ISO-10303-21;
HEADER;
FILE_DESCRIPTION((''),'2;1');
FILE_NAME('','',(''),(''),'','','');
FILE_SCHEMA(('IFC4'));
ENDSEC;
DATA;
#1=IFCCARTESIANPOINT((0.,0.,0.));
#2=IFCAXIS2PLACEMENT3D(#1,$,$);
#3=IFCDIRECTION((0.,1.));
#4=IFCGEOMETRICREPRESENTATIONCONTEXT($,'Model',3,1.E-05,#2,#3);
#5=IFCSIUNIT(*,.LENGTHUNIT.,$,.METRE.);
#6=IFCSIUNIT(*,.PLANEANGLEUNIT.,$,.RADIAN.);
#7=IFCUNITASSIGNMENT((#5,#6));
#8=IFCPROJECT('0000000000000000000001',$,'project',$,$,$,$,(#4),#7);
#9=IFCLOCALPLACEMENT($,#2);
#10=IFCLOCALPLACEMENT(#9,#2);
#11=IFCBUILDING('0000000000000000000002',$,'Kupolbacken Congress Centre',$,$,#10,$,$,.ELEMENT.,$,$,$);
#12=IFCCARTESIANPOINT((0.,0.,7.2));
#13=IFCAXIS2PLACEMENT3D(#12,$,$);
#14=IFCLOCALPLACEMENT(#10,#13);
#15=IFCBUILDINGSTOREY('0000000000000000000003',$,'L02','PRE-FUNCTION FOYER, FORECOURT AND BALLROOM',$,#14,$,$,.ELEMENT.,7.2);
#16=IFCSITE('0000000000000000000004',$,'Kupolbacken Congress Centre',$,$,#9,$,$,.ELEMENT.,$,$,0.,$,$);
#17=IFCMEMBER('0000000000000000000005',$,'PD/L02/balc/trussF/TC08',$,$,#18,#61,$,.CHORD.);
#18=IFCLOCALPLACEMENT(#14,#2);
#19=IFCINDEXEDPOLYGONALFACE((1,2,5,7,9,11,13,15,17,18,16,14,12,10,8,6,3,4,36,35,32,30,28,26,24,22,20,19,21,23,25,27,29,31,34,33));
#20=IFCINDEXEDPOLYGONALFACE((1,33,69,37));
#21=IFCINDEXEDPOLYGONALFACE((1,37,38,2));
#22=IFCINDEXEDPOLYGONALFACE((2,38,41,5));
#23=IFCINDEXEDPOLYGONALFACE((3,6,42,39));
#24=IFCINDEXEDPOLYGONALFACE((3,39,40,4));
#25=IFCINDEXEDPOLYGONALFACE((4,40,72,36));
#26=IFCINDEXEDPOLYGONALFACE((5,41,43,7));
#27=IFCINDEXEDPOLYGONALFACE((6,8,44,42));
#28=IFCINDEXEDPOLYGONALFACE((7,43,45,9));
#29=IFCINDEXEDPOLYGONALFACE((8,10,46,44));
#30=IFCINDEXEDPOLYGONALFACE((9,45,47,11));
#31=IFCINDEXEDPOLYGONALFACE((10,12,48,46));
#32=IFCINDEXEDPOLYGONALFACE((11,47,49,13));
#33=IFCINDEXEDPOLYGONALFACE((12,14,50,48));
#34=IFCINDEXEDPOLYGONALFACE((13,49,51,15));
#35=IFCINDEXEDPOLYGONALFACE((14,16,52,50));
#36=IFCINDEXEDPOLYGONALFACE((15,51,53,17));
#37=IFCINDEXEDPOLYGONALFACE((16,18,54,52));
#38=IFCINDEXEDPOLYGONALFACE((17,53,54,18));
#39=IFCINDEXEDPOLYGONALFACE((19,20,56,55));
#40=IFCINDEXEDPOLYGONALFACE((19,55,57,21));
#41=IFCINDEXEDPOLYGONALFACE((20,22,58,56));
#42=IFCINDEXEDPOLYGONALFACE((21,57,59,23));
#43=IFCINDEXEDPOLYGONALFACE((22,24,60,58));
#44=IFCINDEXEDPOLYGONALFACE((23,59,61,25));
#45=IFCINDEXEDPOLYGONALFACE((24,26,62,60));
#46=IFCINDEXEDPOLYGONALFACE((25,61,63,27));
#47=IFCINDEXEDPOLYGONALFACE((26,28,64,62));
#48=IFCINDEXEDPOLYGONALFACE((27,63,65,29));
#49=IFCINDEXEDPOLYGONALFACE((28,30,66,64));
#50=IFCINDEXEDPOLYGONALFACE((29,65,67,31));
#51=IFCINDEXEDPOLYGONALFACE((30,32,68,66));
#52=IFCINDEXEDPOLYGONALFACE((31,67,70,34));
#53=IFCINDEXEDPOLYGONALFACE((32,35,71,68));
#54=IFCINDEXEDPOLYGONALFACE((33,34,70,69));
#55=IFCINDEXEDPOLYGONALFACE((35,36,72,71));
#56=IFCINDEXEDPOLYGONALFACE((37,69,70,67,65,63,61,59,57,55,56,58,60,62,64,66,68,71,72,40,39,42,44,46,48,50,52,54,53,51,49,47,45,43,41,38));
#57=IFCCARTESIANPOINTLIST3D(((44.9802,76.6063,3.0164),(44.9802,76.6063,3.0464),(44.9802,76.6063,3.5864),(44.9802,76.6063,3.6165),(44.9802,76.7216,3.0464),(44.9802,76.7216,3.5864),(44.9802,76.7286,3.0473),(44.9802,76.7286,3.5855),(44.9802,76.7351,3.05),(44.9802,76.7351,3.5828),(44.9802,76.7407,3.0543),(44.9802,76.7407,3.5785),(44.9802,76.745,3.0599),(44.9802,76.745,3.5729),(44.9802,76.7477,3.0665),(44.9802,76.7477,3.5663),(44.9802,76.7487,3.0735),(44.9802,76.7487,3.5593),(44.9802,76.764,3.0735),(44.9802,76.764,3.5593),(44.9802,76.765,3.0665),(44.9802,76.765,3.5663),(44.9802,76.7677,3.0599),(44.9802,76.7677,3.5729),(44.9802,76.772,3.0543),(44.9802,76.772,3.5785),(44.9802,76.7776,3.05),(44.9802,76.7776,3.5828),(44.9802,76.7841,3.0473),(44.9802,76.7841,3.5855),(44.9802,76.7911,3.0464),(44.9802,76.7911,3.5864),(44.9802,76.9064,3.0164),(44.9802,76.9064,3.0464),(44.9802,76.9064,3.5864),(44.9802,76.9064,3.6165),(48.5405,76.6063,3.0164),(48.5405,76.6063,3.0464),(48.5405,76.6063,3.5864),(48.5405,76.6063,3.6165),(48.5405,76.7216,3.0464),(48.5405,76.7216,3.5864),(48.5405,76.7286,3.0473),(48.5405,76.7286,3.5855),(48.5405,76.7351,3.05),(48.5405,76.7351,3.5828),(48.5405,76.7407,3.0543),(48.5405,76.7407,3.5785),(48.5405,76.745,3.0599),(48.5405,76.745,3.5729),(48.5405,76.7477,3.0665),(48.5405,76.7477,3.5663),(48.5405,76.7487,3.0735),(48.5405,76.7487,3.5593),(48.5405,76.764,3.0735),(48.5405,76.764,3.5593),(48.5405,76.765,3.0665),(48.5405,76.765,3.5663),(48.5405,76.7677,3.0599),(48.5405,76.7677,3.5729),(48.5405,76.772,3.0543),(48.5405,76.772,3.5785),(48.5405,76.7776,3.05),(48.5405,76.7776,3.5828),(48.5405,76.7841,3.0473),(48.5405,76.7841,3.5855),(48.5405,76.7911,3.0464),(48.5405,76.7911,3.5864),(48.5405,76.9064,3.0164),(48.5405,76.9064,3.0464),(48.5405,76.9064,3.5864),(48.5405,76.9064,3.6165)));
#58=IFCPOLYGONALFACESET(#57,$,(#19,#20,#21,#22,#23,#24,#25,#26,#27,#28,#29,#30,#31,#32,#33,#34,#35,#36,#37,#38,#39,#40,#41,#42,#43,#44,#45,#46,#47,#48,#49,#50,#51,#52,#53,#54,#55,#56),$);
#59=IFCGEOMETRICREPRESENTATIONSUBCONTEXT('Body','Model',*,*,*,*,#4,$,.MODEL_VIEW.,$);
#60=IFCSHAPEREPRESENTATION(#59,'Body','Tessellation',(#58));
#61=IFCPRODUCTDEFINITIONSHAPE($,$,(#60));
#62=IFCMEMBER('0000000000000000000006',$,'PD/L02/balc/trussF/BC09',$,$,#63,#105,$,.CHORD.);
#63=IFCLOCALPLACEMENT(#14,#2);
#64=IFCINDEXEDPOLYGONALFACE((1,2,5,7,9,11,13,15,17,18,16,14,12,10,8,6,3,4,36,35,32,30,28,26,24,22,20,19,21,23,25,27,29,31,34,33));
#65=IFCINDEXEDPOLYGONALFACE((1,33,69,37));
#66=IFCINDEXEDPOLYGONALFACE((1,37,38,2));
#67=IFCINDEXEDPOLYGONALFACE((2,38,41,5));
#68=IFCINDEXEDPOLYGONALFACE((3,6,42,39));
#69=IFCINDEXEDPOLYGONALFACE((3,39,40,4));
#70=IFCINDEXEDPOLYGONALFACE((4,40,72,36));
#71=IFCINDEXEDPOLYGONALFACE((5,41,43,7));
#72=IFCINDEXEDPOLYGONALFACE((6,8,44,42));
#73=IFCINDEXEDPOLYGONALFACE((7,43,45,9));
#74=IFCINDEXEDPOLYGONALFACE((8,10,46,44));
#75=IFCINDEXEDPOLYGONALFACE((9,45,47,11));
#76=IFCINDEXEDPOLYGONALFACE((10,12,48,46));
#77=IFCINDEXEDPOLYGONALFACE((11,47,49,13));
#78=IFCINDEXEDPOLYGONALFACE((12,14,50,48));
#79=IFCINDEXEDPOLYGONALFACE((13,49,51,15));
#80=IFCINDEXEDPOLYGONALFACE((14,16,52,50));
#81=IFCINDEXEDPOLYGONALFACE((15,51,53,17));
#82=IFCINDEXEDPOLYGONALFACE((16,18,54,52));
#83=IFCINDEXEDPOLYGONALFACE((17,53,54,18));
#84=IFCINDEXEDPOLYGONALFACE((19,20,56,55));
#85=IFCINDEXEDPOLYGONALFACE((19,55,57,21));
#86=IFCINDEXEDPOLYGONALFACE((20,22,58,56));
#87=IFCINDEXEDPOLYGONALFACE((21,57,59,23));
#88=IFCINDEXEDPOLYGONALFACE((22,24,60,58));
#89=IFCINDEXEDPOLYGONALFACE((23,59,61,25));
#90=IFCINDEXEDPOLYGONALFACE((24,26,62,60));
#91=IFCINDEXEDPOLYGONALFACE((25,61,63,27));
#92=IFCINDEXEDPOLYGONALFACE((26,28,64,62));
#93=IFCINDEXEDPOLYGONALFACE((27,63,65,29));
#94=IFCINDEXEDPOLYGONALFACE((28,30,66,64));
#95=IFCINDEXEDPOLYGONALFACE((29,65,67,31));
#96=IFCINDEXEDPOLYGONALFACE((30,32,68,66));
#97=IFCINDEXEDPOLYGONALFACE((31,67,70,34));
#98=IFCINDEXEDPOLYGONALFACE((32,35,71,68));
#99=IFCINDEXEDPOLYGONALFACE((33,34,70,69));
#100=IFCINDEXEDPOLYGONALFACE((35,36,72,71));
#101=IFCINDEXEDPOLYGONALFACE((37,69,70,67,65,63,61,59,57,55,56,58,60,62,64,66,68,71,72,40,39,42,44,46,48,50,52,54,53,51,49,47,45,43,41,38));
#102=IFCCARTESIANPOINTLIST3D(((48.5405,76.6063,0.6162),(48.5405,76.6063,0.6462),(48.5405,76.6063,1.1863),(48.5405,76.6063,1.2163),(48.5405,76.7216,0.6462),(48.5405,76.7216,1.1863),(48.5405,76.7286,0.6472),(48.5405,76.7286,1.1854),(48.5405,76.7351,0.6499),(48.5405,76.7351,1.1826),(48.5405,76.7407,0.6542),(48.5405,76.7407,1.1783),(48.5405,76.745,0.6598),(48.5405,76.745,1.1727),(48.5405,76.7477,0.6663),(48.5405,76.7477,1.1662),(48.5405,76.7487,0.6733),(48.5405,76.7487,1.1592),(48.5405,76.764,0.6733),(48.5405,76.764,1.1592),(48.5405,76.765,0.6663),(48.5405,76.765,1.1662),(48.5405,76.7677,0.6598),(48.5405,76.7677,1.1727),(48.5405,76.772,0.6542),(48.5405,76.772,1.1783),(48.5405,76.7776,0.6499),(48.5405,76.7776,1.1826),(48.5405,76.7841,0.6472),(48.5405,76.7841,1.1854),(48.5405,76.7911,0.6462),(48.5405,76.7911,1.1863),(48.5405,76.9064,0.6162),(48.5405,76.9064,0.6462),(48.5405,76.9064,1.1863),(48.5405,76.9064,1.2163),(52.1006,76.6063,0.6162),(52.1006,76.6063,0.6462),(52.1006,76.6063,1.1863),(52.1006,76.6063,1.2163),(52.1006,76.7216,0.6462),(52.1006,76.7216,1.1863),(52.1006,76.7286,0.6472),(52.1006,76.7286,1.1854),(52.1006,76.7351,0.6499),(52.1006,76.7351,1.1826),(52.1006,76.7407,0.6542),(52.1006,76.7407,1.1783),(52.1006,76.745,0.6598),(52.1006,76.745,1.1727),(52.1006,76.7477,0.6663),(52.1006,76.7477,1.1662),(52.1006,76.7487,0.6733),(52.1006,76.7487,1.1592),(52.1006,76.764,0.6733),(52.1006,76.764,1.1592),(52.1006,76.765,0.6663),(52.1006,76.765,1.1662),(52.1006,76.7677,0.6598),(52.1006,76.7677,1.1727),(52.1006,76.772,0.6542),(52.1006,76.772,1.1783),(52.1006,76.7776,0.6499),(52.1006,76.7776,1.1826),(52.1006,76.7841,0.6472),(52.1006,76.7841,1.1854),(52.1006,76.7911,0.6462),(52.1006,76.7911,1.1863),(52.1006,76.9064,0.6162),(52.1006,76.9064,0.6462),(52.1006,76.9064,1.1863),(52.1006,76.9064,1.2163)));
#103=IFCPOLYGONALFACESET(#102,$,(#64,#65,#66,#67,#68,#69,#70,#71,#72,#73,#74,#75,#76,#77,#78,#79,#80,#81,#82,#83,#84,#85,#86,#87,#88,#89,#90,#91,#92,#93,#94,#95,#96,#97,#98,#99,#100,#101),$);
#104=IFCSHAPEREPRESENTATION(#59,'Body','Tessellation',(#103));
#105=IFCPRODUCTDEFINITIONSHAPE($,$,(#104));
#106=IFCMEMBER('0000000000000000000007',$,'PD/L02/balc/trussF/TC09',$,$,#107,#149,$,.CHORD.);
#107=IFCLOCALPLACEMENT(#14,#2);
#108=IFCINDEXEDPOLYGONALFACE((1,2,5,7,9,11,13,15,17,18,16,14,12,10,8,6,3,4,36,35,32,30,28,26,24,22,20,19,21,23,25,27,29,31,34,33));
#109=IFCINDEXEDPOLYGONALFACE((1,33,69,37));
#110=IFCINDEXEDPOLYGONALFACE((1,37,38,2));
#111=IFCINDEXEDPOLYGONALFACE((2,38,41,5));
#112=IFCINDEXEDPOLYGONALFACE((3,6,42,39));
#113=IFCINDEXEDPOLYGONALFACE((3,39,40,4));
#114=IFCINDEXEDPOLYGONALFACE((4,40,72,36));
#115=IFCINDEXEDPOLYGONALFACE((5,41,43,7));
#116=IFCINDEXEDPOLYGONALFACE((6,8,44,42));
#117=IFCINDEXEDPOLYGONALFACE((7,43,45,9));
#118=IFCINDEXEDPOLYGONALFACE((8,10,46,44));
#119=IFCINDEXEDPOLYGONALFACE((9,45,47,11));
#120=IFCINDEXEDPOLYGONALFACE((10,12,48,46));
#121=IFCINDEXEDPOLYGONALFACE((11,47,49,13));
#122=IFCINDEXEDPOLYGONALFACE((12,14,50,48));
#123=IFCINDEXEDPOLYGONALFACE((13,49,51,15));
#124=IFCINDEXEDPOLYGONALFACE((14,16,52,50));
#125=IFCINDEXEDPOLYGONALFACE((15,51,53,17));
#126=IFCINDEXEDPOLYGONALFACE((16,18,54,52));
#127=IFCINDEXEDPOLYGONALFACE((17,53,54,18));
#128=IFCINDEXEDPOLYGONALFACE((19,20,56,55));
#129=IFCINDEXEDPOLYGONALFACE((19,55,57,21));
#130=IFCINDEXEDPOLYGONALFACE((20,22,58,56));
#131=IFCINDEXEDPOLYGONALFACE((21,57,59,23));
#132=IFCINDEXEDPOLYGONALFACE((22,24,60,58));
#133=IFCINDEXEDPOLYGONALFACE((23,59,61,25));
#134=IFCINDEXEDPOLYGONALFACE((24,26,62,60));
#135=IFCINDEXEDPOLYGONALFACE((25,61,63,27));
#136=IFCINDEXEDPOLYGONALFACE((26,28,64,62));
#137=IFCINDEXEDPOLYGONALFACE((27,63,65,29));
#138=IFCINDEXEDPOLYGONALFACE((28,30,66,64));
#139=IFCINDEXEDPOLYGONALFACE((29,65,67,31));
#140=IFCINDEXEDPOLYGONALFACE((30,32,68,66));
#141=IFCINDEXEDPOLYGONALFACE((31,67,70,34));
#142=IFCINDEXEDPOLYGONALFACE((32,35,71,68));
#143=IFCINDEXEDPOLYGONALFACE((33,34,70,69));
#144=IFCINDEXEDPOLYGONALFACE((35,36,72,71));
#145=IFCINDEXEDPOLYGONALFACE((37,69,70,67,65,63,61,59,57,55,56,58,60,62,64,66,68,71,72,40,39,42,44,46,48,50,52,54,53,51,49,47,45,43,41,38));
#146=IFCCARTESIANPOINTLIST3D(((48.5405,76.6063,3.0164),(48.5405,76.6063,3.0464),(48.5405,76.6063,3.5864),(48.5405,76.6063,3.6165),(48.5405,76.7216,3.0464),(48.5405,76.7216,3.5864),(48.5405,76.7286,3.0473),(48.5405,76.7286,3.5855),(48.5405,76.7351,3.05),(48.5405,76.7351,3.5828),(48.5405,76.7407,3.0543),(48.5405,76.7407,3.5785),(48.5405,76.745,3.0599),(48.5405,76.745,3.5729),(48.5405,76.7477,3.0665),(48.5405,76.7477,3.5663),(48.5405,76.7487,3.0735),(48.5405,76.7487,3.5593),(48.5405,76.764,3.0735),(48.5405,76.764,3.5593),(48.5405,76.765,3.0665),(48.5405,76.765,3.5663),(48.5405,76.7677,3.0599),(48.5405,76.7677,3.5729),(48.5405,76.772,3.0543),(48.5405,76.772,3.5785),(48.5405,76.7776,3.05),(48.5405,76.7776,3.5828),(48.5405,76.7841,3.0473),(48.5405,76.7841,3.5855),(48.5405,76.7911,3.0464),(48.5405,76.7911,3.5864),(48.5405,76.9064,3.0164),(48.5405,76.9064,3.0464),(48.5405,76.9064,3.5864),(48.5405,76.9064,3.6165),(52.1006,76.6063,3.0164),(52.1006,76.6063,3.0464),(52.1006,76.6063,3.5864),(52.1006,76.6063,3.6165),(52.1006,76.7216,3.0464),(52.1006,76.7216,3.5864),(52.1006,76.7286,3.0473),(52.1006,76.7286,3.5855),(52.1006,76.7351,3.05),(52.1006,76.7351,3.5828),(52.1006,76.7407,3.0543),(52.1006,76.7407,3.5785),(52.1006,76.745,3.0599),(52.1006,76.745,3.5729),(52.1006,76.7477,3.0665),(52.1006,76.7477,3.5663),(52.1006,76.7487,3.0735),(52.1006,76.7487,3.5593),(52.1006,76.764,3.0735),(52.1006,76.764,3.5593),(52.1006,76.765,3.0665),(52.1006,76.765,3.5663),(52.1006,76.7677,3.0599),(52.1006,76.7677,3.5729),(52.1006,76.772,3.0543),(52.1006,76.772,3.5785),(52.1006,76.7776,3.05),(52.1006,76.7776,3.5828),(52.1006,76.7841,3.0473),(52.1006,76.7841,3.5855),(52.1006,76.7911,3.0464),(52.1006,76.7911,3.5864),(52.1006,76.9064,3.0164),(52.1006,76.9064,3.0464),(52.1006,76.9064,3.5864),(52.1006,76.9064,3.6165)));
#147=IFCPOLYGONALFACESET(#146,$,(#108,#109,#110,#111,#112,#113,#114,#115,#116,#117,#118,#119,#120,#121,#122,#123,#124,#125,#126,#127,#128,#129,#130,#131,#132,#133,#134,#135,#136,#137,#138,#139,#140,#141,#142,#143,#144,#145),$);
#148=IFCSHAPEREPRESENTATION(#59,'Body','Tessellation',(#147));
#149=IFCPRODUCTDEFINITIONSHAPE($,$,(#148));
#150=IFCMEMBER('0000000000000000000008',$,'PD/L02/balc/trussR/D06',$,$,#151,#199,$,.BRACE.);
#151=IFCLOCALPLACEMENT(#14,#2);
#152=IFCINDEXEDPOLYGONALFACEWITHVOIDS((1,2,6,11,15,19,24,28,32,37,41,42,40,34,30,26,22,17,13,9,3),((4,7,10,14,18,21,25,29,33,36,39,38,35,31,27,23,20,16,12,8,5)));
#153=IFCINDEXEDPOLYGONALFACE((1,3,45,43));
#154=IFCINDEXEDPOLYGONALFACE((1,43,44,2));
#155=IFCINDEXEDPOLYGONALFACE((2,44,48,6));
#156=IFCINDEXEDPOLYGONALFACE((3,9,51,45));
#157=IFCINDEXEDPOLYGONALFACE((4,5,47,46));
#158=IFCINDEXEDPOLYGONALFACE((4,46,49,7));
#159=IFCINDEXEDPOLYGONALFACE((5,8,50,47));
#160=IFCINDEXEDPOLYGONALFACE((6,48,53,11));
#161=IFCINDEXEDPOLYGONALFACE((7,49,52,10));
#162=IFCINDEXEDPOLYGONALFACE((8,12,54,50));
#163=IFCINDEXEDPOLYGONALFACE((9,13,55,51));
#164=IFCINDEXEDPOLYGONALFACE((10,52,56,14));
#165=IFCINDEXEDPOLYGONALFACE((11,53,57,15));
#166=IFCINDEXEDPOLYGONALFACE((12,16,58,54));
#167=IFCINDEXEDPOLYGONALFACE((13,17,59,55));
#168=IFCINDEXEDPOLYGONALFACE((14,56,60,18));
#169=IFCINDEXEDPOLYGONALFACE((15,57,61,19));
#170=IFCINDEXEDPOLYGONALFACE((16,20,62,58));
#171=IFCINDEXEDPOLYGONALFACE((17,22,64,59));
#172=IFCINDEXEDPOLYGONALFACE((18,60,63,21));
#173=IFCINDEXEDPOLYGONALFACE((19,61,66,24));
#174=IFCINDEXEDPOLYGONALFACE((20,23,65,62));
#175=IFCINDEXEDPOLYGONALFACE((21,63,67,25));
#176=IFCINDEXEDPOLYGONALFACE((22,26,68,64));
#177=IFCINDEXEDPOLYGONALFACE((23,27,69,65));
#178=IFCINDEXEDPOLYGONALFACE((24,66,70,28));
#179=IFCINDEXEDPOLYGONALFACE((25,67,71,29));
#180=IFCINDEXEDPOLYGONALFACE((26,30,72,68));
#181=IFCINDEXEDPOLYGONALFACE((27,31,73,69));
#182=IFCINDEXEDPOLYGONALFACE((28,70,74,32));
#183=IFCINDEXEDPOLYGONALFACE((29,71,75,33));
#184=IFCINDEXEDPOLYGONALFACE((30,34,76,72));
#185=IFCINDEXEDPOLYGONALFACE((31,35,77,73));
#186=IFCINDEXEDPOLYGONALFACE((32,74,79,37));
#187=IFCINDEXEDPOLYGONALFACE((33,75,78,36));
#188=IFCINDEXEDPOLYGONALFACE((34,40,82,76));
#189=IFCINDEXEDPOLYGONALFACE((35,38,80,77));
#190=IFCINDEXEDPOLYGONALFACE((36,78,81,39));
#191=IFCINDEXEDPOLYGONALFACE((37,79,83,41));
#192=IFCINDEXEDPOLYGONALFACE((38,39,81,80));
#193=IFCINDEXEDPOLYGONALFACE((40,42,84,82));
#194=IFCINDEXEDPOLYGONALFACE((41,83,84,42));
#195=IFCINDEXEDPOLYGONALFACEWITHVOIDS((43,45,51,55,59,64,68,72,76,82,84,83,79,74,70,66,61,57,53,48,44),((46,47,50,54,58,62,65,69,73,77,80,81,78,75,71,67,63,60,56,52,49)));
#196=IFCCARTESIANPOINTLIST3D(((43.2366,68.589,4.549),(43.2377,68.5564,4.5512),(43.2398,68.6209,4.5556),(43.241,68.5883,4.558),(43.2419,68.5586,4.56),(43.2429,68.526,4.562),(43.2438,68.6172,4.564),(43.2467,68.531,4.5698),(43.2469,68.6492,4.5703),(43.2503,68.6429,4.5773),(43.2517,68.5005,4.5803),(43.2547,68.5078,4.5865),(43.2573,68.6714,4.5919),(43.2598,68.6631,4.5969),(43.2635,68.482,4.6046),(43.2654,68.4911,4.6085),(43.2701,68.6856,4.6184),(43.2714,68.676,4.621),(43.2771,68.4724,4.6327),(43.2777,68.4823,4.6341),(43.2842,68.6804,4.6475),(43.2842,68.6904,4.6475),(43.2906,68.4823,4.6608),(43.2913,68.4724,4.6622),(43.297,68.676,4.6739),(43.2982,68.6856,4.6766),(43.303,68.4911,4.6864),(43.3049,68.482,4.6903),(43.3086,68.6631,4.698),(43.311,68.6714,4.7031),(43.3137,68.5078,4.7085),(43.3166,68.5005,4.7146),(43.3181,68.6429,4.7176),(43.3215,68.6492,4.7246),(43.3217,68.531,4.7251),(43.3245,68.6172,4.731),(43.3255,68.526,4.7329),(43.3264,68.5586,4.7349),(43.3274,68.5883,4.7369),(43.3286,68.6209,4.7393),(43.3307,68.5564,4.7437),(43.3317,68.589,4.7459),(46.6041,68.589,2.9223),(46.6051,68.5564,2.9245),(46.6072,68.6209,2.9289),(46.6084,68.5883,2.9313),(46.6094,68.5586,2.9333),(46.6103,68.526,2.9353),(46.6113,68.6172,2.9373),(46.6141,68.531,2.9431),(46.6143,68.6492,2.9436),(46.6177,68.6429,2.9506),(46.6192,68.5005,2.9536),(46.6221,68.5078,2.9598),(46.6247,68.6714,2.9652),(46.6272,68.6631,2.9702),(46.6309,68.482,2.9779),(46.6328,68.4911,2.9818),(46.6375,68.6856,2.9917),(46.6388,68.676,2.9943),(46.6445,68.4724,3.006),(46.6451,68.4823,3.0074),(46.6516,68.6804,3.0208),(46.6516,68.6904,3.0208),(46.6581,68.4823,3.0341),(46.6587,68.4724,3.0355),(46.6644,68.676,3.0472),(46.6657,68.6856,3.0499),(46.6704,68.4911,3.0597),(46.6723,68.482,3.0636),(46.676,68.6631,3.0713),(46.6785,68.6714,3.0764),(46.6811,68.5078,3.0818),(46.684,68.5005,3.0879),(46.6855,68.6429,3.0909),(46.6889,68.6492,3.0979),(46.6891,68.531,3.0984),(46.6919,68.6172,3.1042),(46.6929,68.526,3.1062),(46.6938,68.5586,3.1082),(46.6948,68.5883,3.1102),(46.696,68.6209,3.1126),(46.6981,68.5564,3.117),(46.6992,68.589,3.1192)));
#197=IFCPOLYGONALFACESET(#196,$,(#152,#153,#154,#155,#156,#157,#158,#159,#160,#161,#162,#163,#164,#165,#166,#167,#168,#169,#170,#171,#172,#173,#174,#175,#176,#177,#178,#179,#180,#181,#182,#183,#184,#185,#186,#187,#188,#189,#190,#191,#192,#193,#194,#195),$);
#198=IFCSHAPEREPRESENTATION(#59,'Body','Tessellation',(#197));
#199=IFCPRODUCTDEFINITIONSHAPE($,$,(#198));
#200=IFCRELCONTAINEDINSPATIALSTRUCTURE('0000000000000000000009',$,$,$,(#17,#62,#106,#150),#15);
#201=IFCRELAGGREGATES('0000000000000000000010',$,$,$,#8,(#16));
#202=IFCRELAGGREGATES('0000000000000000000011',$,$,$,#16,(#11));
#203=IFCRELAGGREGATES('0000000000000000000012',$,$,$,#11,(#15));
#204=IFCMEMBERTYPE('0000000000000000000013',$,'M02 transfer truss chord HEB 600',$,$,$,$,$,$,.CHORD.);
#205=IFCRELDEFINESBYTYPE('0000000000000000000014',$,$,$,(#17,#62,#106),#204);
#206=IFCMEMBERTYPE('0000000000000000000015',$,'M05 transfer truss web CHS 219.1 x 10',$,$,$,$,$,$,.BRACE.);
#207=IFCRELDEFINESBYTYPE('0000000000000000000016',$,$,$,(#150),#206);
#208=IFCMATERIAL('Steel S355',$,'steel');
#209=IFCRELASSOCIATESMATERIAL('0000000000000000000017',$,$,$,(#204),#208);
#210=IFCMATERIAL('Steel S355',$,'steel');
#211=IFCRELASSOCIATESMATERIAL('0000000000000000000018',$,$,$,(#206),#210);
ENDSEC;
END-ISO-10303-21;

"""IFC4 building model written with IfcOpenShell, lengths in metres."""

from ifc_helpers import new_model, si_unit, direction, frame, origin, origin_2d, place, context, subcontext, project, spatial, hollow_circle, i_section, extrude, material, material_profile, profile_set, type_object, element, save


model = new_model("IFC4")

# Units and contexts
model_context = context("Model", 3, precision=1e-05, world=origin(), true_north=direction((0.0, 1.0)))
body_context = subcontext(model_context, "Body", "Model", "MODEL_VIEW")
ifc_project = project(units=[si_unit("LENGTHUNIT", "METRE"), si_unit("PLANEANGLEUNIT", "RADIAN")], contexts=[model_context])

# Site, building, storey
site_placement = place(None, origin())
site = spatial("IfcSite", under=ifc_project, at=site_placement, Name="Kupolbacken Congress Centre", CompositionType="ELEMENT", RefElevation=0.0)
building_placement = place(site_placement, origin())
building = spatial("IfcBuilding", under=site, at=building_placement, Name="Kupolbacken Congress Centre", CompositionType="ELEMENT")
storey_placement = place(building_placement, frame((0.0, 0.0, 7.2)))
storey = spatial("IfcBuildingStorey", under=building, at=storey_placement, Name="L02", Description="PRE-FUNCTION FOYER, FORECOURT AND BALLROOM", CompositionType="ELEMENT", Elevation=7.2)

# Members
ifc_material_1 = material(Name="Steel S355", Category="steel")
ifc_material_profile_1 = material_profile(ifc_material_1, i_section(OverallWidth=0.3, OverallDepth=0.6001, WebThickness=0.0154, FlangeThickness=0.03, FilletRadius=0.0271, at=origin_2d()), Name="HEB 600")
ifc_profile_set_1 = profile_set([ifc_material_profile_1], Name="Steel S355")
member_type_1 = type_object("IfcMemberType", Name="M02 transfer truss chord HEB 600", PredefinedType="CHORD", material=ifc_profile_set_1)
for number, where, z_axis, x_axis, name in (
    (1, (44.9802, 76.7563, 3.3164), (1.0, 0.0, 0.0), (0.0, 1.0, 0.0), "PD/L02/balc/trussF/TC08"),
):
    element("IfcMember", number, at=place(storey_placement, frame(where, z_axis=z_axis, x_axis=x_axis)), inside=storey, type_object=member_type_1, Name=name, PredefinedType="CHORD", context=body_context, shape_type="SweptSolid", body=[
        extrude(i_section(OverallWidth=0.3, OverallDepth=0.6001, WebThickness=0.0154, FlangeThickness=0.03, FilletRadius=0.0271, at=origin_2d()), origin(), (0.0, 0.0, 1.0), 3.5603),
    ])
for number, where, z_axis, x_axis, name in (
    (2, (48.5405, 76.7563, 0.9163), (1.0, 0.0, 0.0), (0.0, 1.0, 0.0), "PD/L02/balc/trussF/BC09"),
    (3, (48.5405, 76.7563, 3.3164), (1.0, 0.0, 0.0), (0.0, 1.0, 0.0), "PD/L02/balc/trussF/TC09"),
):
    element("IfcMember", number, at=place(storey_placement, frame(where, z_axis=z_axis, x_axis=x_axis)), inside=storey, type_object=member_type_1, Name=name, PredefinedType="CHORD", context=body_context, shape_type="SweptSolid", body=[
        extrude(i_section(OverallWidth=0.3, OverallDepth=0.6001, WebThickness=0.0154, FlangeThickness=0.03, FilletRadius=0.0271, at=origin_2d()), origin(), (0.0, 0.0, 1.0), 3.5601),
    ])
ifc_material_2 = material(Name="Steel S355", Category="steel")
ifc_material_profile_2 = material_profile(ifc_material_2, hollow_circle(Radius=0.1096, WallThickness=0.01, at=origin_2d()), Name="CHS 219.1 x 10")
ifc_profile_set_2 = profile_set([ifc_material_profile_2], Name="Steel S355")
member_type_2 = type_object("IfcMemberType", Name="M05 transfer truss web CHS 219.1 x 10", PredefinedType="BRACE", material=ifc_profile_set_2)
for number, where, z_axis, x_axis, name in (
    (4, (43.2842, 68.5808, 4.6475), (0.900441, 0.0, -0.434977), (0.0, 1.0, 0.0), "PD/L02/balc/trussR/D06"),
):
    element("IfcMember", number, at=place(storey_placement, frame(where, z_axis=z_axis, x_axis=x_axis)), inside=storey, type_object=member_type_2, Name=name, PredefinedType="BRACE", context=body_context, shape_type="SweptSolid", body=[
        extrude(hollow_circle(Radius=0.1096, WallThickness=0.01, at=origin_2d()), origin(), (0.0, 0.0, 1.0), 3.7397),
    ])

save(model, "model.ifc")
